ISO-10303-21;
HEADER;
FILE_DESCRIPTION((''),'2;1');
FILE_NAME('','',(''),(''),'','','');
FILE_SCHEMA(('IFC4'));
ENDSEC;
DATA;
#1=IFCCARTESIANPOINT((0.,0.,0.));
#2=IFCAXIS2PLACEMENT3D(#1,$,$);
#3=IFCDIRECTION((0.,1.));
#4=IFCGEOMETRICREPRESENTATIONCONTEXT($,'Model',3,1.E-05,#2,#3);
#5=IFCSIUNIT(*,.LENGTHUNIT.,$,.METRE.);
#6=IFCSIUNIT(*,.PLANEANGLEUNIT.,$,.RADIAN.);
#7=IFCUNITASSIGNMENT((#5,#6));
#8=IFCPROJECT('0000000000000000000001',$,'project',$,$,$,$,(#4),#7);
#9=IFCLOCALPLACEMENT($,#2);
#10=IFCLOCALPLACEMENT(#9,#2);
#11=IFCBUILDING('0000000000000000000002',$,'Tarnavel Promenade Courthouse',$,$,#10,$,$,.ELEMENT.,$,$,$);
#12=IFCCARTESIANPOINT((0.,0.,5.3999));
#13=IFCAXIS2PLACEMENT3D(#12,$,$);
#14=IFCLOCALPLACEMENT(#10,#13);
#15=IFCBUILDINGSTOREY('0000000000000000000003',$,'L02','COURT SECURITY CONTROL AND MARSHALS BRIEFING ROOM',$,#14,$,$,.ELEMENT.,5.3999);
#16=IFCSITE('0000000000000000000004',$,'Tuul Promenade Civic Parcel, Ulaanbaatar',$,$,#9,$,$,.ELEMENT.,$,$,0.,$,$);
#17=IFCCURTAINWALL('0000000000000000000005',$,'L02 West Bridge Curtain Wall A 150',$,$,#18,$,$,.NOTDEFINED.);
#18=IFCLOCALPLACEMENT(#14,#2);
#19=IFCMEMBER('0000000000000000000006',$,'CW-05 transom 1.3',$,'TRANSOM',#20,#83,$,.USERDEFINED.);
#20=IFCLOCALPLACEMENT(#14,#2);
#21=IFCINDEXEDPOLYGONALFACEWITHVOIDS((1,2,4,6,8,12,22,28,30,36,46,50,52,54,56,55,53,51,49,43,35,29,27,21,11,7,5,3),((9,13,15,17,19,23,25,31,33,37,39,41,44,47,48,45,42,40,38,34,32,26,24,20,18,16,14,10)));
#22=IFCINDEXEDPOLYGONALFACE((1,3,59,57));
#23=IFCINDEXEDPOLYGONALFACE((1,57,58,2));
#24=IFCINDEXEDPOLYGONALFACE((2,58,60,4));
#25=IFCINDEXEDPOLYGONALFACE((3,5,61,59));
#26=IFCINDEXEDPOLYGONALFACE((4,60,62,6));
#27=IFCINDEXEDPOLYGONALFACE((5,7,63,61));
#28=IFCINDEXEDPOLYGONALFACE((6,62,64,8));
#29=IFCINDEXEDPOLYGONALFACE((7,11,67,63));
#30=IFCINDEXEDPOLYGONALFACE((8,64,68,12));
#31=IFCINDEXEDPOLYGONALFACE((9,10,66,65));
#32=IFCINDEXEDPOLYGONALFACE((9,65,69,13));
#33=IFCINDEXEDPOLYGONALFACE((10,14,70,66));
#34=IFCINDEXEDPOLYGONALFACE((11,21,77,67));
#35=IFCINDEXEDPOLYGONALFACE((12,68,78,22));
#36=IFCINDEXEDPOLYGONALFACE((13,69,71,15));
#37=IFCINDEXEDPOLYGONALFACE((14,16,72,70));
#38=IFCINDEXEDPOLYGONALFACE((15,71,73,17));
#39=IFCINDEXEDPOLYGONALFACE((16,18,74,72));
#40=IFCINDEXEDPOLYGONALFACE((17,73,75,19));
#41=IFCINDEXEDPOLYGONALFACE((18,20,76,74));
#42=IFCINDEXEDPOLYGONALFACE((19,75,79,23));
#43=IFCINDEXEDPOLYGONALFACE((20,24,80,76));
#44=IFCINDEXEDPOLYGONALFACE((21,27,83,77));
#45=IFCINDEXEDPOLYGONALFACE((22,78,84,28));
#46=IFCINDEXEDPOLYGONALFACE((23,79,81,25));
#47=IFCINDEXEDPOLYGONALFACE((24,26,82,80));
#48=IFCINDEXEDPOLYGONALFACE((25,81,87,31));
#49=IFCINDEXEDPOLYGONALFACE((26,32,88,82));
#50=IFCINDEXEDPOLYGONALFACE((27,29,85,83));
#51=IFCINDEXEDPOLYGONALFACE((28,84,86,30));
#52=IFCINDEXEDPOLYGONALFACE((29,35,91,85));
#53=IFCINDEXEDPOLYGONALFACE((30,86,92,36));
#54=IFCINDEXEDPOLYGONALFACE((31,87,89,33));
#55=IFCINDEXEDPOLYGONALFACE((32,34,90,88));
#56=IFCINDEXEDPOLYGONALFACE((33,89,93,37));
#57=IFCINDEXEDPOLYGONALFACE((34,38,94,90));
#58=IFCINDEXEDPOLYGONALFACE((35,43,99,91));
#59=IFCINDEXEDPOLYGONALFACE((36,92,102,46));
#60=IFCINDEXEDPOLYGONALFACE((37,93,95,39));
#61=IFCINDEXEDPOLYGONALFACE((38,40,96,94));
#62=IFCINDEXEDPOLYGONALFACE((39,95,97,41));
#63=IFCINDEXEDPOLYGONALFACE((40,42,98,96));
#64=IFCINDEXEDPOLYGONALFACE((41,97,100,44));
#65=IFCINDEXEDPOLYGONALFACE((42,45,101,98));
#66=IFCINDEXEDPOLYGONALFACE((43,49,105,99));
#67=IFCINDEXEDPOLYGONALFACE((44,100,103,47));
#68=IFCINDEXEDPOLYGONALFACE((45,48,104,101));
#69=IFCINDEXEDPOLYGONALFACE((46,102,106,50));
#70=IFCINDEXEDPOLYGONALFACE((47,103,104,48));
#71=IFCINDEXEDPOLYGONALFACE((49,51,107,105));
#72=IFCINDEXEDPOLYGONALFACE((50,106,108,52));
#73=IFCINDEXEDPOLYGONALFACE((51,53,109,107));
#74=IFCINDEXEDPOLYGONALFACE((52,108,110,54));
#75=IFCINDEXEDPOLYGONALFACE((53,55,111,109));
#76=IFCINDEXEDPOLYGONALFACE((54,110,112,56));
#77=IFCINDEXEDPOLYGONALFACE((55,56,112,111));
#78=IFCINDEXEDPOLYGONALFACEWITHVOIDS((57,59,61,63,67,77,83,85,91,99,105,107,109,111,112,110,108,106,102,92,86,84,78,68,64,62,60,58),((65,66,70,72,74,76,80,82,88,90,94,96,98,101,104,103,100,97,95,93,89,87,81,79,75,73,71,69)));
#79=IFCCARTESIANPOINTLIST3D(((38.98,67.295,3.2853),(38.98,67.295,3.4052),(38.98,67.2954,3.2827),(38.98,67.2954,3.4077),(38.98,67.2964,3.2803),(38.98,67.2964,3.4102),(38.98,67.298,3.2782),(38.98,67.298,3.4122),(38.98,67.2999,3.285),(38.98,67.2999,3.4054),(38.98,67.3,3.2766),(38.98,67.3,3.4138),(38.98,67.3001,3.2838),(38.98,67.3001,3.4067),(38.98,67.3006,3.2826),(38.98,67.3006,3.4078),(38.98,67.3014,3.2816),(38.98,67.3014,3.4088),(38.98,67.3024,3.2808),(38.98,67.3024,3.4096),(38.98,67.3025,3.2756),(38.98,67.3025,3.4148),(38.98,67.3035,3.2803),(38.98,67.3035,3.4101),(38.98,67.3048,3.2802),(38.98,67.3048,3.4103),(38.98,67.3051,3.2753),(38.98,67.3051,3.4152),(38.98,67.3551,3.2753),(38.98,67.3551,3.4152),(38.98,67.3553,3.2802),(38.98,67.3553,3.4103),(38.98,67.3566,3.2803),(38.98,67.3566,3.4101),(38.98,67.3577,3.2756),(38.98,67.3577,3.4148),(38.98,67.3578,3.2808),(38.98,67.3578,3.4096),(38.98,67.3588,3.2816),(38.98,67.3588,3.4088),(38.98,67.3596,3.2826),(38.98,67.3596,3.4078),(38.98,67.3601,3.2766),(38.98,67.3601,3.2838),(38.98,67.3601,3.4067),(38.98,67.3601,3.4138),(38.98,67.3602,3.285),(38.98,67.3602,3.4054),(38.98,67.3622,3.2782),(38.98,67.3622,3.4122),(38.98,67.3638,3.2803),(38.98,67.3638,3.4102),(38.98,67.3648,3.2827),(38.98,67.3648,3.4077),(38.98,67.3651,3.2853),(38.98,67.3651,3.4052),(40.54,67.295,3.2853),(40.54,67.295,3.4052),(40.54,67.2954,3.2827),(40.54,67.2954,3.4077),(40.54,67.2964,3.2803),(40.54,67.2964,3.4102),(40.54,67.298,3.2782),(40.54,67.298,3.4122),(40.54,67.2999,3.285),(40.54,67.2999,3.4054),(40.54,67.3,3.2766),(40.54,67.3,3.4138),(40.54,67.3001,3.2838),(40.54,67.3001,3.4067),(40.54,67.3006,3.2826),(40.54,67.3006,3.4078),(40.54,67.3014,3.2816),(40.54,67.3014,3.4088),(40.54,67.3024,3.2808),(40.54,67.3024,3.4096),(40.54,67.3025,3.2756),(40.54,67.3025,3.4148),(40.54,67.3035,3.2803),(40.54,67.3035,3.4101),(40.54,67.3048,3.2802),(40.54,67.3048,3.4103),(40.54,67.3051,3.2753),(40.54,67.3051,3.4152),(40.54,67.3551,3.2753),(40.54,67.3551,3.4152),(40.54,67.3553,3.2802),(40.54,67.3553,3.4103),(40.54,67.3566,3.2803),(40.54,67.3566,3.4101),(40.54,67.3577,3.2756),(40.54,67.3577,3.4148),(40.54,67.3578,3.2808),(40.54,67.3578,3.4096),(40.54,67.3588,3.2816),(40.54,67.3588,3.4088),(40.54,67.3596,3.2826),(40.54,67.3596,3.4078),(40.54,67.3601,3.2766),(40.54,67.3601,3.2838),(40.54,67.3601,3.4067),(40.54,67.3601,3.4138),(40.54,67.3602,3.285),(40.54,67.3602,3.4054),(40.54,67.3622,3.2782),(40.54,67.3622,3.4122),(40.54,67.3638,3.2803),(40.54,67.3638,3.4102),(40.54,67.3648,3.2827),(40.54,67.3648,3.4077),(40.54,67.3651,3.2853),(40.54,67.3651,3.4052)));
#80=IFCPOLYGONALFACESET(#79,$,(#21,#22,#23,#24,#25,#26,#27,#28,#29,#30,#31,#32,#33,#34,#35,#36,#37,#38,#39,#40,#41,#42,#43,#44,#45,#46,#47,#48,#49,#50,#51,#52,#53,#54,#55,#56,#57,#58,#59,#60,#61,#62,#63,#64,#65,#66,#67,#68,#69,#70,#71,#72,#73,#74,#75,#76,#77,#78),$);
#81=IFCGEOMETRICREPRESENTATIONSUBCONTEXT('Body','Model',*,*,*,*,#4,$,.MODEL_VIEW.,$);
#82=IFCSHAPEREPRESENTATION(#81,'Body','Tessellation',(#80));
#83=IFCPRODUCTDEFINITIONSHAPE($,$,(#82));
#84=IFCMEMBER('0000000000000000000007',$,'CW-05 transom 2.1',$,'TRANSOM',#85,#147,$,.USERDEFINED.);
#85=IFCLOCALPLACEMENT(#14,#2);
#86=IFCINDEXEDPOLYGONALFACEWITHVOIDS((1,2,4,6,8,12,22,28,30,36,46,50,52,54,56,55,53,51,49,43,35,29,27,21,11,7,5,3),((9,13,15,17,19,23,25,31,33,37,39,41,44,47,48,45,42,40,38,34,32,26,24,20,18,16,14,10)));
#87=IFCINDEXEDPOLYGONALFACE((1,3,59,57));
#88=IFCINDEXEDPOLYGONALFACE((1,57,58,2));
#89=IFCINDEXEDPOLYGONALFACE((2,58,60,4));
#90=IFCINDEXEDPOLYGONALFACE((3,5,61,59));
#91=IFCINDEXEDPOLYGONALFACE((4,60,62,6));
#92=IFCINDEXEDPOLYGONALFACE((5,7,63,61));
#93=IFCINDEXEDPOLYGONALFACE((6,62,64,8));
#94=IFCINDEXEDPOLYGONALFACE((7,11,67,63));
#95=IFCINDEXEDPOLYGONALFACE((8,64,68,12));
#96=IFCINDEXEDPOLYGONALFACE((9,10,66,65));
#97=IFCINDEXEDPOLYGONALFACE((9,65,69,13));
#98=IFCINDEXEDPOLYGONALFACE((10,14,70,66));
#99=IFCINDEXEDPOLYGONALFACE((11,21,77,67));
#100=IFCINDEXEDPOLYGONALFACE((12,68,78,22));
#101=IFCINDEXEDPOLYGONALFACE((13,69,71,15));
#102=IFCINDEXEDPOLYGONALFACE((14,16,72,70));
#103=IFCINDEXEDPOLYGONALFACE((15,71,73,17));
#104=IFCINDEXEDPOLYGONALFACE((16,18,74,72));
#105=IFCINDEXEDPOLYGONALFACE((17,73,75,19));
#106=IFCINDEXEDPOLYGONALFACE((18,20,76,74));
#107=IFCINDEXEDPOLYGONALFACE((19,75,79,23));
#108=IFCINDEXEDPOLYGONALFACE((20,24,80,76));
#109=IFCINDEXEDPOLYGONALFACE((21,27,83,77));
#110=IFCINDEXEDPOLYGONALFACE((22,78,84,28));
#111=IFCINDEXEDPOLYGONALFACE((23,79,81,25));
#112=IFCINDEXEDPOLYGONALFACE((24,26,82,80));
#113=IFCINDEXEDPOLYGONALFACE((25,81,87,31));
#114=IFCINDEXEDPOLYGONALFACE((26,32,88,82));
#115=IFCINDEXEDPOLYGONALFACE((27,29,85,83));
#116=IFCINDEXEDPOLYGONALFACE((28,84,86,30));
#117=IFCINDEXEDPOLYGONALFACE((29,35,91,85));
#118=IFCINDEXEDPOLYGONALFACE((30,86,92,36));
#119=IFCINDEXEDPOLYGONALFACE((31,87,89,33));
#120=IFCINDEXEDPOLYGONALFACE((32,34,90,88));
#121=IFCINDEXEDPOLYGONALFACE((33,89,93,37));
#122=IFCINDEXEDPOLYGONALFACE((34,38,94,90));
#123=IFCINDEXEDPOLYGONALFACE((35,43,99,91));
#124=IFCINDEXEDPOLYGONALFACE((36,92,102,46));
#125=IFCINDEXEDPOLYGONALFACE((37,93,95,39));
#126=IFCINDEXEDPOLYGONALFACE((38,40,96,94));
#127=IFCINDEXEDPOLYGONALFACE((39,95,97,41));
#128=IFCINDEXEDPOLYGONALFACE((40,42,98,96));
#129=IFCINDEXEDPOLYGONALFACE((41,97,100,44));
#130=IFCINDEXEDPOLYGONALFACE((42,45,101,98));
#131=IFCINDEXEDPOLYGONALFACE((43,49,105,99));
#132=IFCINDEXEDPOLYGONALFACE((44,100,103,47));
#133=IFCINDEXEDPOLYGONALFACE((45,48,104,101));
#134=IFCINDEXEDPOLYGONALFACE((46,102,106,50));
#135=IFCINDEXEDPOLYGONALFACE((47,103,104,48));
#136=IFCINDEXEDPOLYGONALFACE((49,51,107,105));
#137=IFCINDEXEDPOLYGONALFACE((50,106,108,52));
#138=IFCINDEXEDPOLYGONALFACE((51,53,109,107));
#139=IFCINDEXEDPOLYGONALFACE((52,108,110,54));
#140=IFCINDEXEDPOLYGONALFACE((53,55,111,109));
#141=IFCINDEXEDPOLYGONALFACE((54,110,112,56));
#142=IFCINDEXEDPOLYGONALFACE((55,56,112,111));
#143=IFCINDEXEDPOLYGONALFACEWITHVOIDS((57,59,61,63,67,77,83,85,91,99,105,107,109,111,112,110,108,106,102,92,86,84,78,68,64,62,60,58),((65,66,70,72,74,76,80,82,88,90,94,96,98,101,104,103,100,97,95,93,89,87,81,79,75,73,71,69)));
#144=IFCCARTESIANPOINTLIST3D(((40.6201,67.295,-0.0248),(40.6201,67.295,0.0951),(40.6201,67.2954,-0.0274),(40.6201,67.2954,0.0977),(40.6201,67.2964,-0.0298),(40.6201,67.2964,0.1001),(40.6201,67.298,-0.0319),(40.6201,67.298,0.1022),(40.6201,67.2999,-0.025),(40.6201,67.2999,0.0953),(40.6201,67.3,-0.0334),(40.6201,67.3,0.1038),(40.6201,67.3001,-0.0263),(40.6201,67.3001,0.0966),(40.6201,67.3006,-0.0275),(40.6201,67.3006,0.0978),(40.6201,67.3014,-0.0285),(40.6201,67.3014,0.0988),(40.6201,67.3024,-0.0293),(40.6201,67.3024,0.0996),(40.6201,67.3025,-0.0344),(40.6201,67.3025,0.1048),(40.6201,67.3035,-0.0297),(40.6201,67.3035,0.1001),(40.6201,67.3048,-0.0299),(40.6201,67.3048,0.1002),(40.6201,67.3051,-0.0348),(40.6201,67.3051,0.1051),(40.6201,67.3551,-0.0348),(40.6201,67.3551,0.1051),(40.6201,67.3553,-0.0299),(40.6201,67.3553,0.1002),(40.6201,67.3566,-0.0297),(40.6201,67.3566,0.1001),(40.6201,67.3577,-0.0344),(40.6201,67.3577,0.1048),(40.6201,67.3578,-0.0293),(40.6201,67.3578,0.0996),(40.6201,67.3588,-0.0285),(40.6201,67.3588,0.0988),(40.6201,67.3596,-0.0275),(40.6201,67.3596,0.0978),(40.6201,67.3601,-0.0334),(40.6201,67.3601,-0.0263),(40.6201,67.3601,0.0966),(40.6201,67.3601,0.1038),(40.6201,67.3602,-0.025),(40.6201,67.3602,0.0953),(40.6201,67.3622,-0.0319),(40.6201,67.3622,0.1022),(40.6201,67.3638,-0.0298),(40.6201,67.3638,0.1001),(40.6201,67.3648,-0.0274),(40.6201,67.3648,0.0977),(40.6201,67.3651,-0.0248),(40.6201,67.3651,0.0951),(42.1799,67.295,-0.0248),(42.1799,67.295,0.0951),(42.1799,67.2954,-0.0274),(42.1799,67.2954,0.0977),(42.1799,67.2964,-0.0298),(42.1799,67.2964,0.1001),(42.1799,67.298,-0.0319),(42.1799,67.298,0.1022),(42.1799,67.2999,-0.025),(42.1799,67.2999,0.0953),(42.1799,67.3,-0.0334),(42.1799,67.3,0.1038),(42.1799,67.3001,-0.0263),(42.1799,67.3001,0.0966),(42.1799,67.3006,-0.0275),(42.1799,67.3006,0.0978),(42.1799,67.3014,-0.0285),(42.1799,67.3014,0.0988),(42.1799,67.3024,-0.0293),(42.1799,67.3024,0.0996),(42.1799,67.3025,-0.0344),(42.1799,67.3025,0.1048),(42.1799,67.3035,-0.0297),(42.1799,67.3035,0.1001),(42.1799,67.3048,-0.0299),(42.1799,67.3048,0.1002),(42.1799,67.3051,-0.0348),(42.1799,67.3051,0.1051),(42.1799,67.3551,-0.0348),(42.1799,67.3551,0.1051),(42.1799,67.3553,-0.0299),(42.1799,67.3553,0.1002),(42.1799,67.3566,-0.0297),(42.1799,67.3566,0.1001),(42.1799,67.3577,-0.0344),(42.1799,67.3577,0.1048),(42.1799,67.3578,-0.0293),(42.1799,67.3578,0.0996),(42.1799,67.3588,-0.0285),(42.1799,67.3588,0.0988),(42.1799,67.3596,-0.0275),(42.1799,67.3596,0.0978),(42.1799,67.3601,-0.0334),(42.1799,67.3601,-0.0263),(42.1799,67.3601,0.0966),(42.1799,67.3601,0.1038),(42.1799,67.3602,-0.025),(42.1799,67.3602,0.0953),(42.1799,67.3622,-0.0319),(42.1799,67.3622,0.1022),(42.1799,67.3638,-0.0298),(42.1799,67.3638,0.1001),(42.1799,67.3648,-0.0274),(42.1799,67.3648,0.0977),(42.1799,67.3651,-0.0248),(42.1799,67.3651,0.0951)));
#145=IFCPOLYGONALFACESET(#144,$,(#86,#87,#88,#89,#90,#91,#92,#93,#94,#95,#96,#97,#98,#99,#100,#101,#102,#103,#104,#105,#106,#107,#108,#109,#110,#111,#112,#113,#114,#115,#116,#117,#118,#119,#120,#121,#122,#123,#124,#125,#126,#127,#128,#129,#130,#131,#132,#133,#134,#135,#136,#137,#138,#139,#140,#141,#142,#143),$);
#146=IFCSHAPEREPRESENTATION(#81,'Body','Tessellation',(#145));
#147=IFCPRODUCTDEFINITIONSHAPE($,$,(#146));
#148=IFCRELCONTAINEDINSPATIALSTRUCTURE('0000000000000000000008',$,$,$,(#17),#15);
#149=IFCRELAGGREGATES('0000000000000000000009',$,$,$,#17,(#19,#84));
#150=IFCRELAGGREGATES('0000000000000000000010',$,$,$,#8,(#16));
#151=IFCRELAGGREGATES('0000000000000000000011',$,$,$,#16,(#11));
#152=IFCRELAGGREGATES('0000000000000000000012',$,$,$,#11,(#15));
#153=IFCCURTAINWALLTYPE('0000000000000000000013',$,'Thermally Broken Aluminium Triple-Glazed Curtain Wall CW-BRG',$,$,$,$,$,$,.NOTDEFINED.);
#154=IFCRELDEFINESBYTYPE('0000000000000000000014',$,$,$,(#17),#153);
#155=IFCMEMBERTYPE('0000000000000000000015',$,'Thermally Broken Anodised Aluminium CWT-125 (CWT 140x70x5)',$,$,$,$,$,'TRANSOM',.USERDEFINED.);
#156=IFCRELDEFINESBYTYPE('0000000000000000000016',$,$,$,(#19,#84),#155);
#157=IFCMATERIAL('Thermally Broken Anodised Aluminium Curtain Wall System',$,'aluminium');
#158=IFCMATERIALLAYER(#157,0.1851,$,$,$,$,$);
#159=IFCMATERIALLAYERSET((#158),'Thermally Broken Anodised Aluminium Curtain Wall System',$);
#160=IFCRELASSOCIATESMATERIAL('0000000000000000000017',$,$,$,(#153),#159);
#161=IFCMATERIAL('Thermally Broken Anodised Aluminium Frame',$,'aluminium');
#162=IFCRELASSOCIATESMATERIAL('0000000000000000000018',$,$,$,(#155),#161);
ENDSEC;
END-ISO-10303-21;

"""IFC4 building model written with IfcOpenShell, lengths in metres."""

from ifc_helpers import new_model, si_unit, direction, frame, origin, origin_2d, place, context, subcontext, project, spatial, hollow_rectangle, extrude, material, layer, layer_set, material_profile, profile_set, type_object, element, aggregate, save


model = new_model("IFC4")

# Units and contexts
model_context = context("Model", 3, precision=1e-05, world=origin(), true_north=direction((0.0, 1.0)))
body_context = subcontext(model_context, "Body", "Model", "MODEL_VIEW")
ifc_project = project(units=[si_unit("LENGTHUNIT", "METRE"), si_unit("PLANEANGLEUNIT", "RADIAN")], contexts=[model_context])

# Site, building, storey
site_placement = place(None, origin())
site = spatial("IfcSite", under=ifc_project, at=site_placement, Name="Tuul Promenade Civic Parcel, Ulaanbaatar", CompositionType="ELEMENT", RefElevation=0.0)
building_placement = place(site_placement, origin())
building = spatial("IfcBuilding", under=site, at=building_placement, Name="Tarnavel Promenade Courthouse", CompositionType="ELEMENT")
storey_placement = place(building_placement, frame((0.0, 0.0, 5.3999)))
storey = spatial("IfcBuildingStorey", under=building, at=storey_placement, Name="L02", Description="COURT SECURITY CONTROL AND MARSHALS BRIEFING ROOM", CompositionType="ELEMENT", Elevation=5.3999)

# Curtain wall
ifc_material_1 = material(Name="Thermally Broken Anodised Aluminium Curtain Wall System", Category="aluminium")
ifc_layer_1 = layer(ifc_material_1, 0.1851)
ifc_layer_set_1 = layer_set([ifc_layer_1], Name="Thermally Broken Anodised Aluminium Curtain Wall System")
curtain_wall_type = type_object("IfcCurtainWallType", Name="Thermally Broken Aluminium Triple-Glazed Curtain Wall CW-BRG", PredefinedType="NOTDEFINED", material=ifc_layer_set_1)
curtain_wall_1_placement = place(storey_placement, origin())
curtain_wall_1 = element("IfcCurtainWall", 1, at=curtain_wall_1_placement, inside=storey, type_object=curtain_wall_type, Name="L02 West Bridge Curtain Wall A 150", PredefinedType="NOTDEFINED")
ifc_material_2 = material(Name="Thermally Broken Anodised Aluminium Frame", Category="aluminium")

# Members
ifc_material_profile_1 = material_profile(ifc_material_2, hollow_rectangle(XDim=0.0701, YDim=0.1399, WallThickness=0.0049, InnerFilletRadius=0.0049, OuterFilletRadius=0.01, at=origin_2d()), Name="CWT 140x70x5")
ifc_profile_set_1 = profile_set([ifc_material_profile_1], Name="Thermally Broken Anodised Aluminium Frame")
member_type_1 = type_object("IfcMemberType", Name="Thermally Broken Anodised Aluminium CWT-125 (CWT 140x70x5)", ElementType="TRANSOM", PredefinedType="USERDEFINED", material=ifc_profile_set_1)
member_1_placement = place(storey_placement, frame((38.98, 67.3301, 3.3452), z_axis=(1.0, 0.0, 0.0), x_axis=(0.0, 1.0, 0.0)))
member_1 = element("IfcMember", 2, at=member_1_placement, type_object=member_type_1, Name="CW-05 transom 1.3", ObjectType="TRANSOM", PredefinedType="USERDEFINED", context=body_context, shape_type="SweptSolid", body=[
    extrude(hollow_rectangle(XDim=0.0701, YDim=0.1399, WallThickness=0.0049, InnerFilletRadius=0.0049, OuterFilletRadius=0.01, at=origin_2d()), origin(), (0.0, 0.0, 1.0), 1.5601),
])
member_2_placement = place(storey_placement, frame((40.6201, 67.3301, 0.0352), z_axis=(1.0, 0.0, 0.0), x_axis=(0.0, 1.0, 0.0)))
member_2 = element("IfcMember", 3, at=member_2_placement, type_object=member_type_1, Name="CW-05 transom 2.1", ObjectType="TRANSOM", PredefinedType="USERDEFINED", context=body_context, shape_type="SweptSolid", body=[
    extrude(hollow_rectangle(XDim=0.0701, YDim=0.1399, WallThickness=0.0049, InnerFilletRadius=0.0049, OuterFilletRadius=0.01, at=origin_2d()), origin(), (0.0, 0.0, 1.0), 1.5598),
])

aggregate(curtain_wall_1, [member_1, member_2])

save(model, "model.ifc")
